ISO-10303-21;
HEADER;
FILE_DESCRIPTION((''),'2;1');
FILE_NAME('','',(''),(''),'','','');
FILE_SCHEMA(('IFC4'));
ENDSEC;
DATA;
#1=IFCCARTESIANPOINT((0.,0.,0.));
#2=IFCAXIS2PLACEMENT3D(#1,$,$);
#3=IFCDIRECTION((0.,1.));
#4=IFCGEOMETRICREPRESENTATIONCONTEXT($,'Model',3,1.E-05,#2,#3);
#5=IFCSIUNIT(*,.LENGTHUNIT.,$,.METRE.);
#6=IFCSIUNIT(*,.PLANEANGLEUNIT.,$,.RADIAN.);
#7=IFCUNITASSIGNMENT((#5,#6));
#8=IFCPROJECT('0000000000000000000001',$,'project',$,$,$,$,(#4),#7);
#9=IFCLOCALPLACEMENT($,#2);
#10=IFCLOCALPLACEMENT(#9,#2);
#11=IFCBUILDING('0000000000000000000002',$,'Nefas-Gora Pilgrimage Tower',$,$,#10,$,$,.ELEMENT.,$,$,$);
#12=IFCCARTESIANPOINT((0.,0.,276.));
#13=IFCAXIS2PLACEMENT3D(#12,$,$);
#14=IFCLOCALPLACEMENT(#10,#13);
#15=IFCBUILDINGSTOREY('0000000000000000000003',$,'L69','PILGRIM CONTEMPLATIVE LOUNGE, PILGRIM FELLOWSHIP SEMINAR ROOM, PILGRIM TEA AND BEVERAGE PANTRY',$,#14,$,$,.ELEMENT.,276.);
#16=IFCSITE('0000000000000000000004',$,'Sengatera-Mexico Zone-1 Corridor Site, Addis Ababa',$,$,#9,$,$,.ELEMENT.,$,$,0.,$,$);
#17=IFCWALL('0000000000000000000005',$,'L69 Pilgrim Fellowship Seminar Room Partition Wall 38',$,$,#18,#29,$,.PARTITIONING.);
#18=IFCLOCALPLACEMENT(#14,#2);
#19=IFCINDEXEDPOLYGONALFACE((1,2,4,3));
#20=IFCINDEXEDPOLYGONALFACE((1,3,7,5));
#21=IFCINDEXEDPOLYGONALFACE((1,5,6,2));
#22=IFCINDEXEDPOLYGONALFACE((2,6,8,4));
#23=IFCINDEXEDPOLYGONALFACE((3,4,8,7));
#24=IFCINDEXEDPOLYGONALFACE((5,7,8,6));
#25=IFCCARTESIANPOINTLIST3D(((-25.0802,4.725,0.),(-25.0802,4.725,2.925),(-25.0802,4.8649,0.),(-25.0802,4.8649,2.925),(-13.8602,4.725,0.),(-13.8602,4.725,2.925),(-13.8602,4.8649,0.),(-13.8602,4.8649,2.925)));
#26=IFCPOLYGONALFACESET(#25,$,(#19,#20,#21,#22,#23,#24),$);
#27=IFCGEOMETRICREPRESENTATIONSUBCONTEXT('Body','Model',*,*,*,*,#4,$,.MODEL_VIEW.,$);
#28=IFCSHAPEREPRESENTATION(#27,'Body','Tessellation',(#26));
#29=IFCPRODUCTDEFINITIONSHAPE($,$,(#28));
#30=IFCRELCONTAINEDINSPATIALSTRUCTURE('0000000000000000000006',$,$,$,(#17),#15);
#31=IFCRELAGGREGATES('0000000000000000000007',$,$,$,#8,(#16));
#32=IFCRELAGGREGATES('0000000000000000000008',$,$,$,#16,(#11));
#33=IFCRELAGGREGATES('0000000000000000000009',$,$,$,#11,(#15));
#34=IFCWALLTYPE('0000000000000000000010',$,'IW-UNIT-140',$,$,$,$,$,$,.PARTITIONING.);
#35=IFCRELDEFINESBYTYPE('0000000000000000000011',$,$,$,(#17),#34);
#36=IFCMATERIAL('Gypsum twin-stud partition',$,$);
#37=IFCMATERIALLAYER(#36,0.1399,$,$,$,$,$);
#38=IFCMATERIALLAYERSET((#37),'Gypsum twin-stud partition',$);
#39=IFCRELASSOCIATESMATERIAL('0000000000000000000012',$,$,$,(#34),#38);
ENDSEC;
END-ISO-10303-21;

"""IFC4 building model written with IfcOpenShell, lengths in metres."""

from ifc_helpers import new_model, si_unit, direction, frame, frame_2d, origin, place, context, subcontext, project, spatial, rectangle, extrude, source, transform, mapped, material, layer, layer_set, type_object, element, save


model = new_model("IFC4")

# Units and contexts
model_context = context("Model", 3, precision=1e-05, world=origin(), true_north=direction((0.0, 1.0)))
body_context = subcontext(model_context, "Body", "Model", "MODEL_VIEW")
ifc_project = project(units=[si_unit("LENGTHUNIT", "METRE"), si_unit("PLANEANGLEUNIT", "RADIAN")], contexts=[model_context])

# Site, building, storey
site_placement = place(None, origin())
site = spatial("IfcSite", under=ifc_project, at=site_placement, Name="Sengatera-Mexico Zone-1 Corridor Site, Addis Ababa", CompositionType="ELEMENT", RefElevation=0.0)
building_placement = place(site_placement, origin())
building = spatial("IfcBuilding", under=site, at=building_placement, Name="Nefas-Gora Pilgrimage Tower", CompositionType="ELEMENT")
storey_placement = place(building_placement, frame((0.0, 0.0, 276.0)))
storey = spatial("IfcBuildingStorey", under=building, at=storey_placement, Name="L69", Description="PILGRIM CONTEMPLATIVE LOUNGE, PILGRIM FELLOWSHIP SEMINAR ROOM, PILGRIM TEA AND BEVERAGE PANTRY", CompositionType="ELEMENT", Elevation=276.0)

# Wall
ifc_material_1 = material(Name="Gypsum twin-stud partition")
ifc_layer_1 = layer(ifc_material_1, 0.1399)
ifc_layer_set_1 = layer_set([ifc_layer_1], Name="Gypsum twin-stud partition")
wall_type_1 = type_object("IfcWallType", Name="IW-UNIT-140", PredefinedType="PARTITIONING", material=ifc_layer_set_1)
shared_shape_1 = source(origin(), body_context, "Body", "SweptSolid", [
    extrude(rectangle(XDim=11.22, YDim=0.1399, at=frame_2d((5.6099, 0.0))), origin(), (0.0, 0.0, 1.0), 2.925),
])
wall_1_placement = place(storey_placement, frame((-25.0801, 4.7949, 0.0), z_axis=(0.0, 0.0, 1.0), x_axis=(1.0, 0.0, 0.0)))
element("IfcWall", 1, at=wall_1_placement, inside=storey, type_object=wall_type_1, Name="L69 Pilgrim Fellowship Seminar Room Partition Wall 38", PredefinedType="PARTITIONING", context=body_context, shape_type="MappedRepresentation", body=[
    mapped(shared_shape_1, transform((0.0, 0.0, 0.0), x_axis=(1.0, 0.0, 0.0), y_axis=(0.0, 1.0, 0.0), z_axis=(0.0, 0.0, 1.0), scale=1.0)),
])

save(model, "model.ifc")
